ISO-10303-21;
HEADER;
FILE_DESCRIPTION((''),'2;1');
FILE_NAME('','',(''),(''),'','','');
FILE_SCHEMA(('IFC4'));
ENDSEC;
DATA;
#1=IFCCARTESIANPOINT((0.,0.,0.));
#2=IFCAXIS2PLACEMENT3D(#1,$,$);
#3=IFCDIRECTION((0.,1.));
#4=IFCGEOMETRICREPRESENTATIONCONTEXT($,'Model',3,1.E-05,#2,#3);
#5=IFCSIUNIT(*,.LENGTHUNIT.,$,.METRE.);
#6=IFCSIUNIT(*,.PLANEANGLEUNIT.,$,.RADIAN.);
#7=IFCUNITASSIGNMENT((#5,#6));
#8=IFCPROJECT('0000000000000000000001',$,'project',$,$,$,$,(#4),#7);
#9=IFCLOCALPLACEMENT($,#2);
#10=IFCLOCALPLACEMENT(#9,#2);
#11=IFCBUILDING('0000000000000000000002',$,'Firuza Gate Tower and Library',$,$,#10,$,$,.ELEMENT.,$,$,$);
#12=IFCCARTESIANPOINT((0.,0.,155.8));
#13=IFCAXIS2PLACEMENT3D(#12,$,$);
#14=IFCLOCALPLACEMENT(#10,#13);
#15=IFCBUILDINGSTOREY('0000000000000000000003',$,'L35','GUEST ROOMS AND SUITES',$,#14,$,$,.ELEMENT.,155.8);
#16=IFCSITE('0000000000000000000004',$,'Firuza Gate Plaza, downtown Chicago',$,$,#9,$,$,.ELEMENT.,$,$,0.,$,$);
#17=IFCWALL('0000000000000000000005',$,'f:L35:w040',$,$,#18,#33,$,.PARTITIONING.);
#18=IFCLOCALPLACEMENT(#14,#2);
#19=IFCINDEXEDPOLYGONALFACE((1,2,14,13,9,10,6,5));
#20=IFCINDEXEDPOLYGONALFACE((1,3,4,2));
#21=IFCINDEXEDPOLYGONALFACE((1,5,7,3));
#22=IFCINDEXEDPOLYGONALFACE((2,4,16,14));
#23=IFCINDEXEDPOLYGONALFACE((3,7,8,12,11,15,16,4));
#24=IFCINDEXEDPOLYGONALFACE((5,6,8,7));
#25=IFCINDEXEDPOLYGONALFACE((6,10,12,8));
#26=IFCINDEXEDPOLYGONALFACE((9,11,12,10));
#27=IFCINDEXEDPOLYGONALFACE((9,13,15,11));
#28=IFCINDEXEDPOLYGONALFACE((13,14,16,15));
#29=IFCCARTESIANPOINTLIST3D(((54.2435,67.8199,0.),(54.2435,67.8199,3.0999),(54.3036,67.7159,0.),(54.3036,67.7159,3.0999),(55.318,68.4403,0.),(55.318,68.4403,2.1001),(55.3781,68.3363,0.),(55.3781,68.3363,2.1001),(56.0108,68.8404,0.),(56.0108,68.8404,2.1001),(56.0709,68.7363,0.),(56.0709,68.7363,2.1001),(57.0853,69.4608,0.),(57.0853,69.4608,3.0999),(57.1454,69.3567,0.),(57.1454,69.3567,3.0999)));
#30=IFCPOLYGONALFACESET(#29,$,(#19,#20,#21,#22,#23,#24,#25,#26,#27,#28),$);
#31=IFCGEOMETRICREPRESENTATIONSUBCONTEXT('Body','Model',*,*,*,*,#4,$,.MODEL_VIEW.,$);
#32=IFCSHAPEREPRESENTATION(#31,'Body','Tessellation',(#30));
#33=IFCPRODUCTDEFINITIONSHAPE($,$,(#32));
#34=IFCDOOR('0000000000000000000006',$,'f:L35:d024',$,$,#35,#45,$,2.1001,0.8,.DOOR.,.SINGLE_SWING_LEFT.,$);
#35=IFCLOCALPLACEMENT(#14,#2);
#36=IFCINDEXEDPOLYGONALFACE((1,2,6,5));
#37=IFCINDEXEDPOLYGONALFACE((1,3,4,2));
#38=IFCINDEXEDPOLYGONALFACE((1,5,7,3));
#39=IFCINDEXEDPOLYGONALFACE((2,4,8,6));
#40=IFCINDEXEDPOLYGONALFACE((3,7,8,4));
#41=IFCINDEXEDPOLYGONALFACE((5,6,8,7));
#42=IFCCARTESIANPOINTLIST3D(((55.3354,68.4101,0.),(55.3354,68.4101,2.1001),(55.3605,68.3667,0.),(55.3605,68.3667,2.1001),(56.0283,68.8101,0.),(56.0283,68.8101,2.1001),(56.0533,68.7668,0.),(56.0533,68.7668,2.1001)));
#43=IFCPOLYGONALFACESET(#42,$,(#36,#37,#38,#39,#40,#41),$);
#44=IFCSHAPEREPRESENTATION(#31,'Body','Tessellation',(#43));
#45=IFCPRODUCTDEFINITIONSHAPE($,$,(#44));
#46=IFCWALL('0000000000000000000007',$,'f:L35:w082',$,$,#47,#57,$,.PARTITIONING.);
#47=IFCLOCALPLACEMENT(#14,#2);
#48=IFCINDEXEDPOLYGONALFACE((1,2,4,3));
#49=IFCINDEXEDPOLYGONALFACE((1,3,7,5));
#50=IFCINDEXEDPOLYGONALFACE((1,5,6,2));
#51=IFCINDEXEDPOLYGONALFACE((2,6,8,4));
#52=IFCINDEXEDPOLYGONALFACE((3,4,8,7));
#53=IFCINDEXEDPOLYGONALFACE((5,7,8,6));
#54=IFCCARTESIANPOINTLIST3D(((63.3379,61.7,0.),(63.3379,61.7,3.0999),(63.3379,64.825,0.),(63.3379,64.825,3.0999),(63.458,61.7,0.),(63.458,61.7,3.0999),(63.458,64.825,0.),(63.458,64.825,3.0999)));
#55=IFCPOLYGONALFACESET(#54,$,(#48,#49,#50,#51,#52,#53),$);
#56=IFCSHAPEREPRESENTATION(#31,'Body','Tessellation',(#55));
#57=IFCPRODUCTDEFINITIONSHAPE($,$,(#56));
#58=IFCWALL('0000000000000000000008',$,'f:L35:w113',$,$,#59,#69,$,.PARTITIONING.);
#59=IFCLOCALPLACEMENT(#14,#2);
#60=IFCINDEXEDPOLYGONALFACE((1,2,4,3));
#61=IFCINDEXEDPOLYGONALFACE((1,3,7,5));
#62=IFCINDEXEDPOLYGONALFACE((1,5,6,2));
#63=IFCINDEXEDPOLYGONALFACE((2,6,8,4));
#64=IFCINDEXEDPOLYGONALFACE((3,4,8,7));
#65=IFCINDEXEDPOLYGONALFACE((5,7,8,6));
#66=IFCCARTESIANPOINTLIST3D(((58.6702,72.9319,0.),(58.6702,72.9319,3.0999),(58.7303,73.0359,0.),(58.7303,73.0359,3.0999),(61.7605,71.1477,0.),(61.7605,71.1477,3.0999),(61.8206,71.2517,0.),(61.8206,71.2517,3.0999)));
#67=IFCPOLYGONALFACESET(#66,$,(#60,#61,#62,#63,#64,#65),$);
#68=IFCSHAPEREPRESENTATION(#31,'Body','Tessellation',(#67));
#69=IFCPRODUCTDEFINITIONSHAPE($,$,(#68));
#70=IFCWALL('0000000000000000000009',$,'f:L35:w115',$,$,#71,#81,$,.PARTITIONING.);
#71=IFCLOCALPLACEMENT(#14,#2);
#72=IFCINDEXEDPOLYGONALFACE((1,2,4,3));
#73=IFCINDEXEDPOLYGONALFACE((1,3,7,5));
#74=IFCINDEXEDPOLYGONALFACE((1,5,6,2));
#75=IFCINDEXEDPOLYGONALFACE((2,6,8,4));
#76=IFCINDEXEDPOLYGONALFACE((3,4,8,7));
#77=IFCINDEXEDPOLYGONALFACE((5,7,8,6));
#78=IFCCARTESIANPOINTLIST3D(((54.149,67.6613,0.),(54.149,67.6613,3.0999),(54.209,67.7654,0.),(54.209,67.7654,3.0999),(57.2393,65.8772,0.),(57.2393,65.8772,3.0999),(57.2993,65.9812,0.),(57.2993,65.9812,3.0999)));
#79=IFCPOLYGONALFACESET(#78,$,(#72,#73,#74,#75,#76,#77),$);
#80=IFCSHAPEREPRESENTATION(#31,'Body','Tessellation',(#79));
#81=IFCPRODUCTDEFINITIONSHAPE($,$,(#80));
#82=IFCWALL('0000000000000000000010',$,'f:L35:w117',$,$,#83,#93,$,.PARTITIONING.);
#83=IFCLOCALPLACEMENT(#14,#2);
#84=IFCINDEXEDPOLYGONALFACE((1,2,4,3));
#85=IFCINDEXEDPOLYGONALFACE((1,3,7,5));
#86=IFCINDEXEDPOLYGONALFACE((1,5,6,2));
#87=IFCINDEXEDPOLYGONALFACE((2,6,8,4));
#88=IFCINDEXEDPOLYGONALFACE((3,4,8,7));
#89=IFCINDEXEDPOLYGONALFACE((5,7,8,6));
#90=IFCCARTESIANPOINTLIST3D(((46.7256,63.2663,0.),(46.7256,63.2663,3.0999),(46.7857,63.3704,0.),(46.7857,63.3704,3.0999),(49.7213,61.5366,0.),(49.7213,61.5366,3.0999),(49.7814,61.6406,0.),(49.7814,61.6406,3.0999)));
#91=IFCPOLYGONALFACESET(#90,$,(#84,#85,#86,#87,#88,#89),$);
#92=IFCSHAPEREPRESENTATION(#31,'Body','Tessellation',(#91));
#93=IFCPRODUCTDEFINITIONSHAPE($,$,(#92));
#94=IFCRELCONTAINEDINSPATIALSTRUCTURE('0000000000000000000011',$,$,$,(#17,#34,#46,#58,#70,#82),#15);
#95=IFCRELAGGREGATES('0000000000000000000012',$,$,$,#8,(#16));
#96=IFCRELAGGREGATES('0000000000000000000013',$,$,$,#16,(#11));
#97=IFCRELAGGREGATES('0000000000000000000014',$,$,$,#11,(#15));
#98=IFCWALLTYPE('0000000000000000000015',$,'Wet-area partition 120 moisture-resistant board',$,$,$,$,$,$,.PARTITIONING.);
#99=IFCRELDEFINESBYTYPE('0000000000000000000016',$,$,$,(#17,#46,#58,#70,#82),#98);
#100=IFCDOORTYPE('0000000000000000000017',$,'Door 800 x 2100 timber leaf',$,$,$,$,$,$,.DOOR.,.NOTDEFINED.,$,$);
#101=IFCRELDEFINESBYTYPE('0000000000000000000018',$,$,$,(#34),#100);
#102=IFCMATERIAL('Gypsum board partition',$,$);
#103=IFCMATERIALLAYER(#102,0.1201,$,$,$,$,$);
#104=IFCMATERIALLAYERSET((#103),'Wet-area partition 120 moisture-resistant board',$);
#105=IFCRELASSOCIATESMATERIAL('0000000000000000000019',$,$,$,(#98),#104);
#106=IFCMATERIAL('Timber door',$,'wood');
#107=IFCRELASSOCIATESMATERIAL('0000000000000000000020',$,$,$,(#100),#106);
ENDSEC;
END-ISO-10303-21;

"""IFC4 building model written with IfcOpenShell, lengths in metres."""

from ifc_helpers import new_model, si_unit, direction, frame, frame_2d, origin, place, context, subcontext, project, spatial, rectangle, extrude, material, layer, layer_set, type_object, element, fill, save


model = new_model("IFC4")

# Units and contexts
model_context = context("Model", 3, precision=1e-05, world=origin(), true_north=direction((0.0, 1.0)))
body_context = subcontext(model_context, "Body", "Model", "MODEL_VIEW")
ifc_project = project(units=[si_unit("LENGTHUNIT", "METRE"), si_unit("PLANEANGLEUNIT", "RADIAN")], contexts=[model_context])

# Site, building, storey
site_placement = place(None, origin())
site = spatial("IfcSite", under=ifc_project, at=site_placement, Name="Firuza Gate Plaza, downtown Chicago", CompositionType="ELEMENT", RefElevation=0.0)
building_placement = place(site_placement, origin())
building = spatial("IfcBuilding", under=site, at=building_placement, Name="Firuza Gate Tower and Library", CompositionType="ELEMENT")
storey_placement = place(building_placement, frame((0.0, 0.0, 155.8)))
storey = spatial("IfcBuildingStorey", under=building, at=storey_placement, Name="L35", Description="GUEST ROOMS AND SUITES", CompositionType="ELEMENT", Elevation=155.8)

# Wall, opening, door
ifc_material_1 = material(Name="Gypsum board partition")
ifc_layer_1 = layer(ifc_material_1, 0.1201)
ifc_layer_set_1 = layer_set([ifc_layer_1], Name="Wet-area partition 120 moisture-resistant board")
wall_type_1 = type_object("IfcWallType", Name="Wet-area partition 120 moisture-resistant board", PredefinedType="PARTITIONING", material=ifc_layer_set_1)
ifc_material_2 = material(Name="Timber door", Category="wood")
door_type_1 = type_object("IfcDoorType", Name="Door 800 x 2100 timber leaf", OperationType="NOTDEFINED", PredefinedType="DOOR", material=ifc_material_2)
wall_1_placement = place(storey_placement, frame((57.1152, 69.4087, 0.0), z_axis=(0.0, 0.0, 1.0), x_axis=(-0.866005, -0.500036, 0.0)))
wall_1 = element("IfcWall", 1, at=wall_1_placement, inside=storey, type_object=wall_type_1, Name="f:L35:w040", PredefinedType="PARTITIONING", context=body_context, shape_type="SweptSolid", body=[
    extrude(rectangle(XDim=3.2815, YDim=0.1201, at=frame_2d((1.6406, 0.0))), origin(), (0.0, 0.0, 1.0), 3.0999),
])
opening_1_placement = place(wall_1_placement, frame((1.2407, 0.0, 0.0)))
opening_1 = element("IfcOpeningElement", 2, at=opening_1_placement, cuts=wall_1, PredefinedType="OPENING", context=body_context, shape_type="SweptSolid", body=[
    extrude(rectangle(XDim=0.8, YDim=2.1001, at=frame_2d((0.3999, 1.05))), frame((0.0, 0.0701, 0.0), z_axis=(0.0, -1.0, 0.0), x_axis=(1.0, 0.0, 0.0)), (0.0, 0.0, 1.0), 0.1401),
])
door_1_placement = place(opening_1_placement, origin())
door_1 = element("IfcDoor", 3, at=door_1_placement, inside=storey, type_object=door_type_1, Name="f:L35:d024", OperationType="SINGLE_SWING_LEFT", OverallHeight=2.1001, OverallWidth=0.8, PredefinedType="DOOR", context=body_context, shape_type="SweptSolid", body=[
    extrude(rectangle(XDim=0.8, YDim=2.1001, at=frame_2d((0.3999, 1.05))), frame((0.0, 0.0249, 0.0), z_axis=(0.0, -1.0, 0.0), x_axis=(1.0, 0.0, 0.0)), (0.0, 0.0, 1.0), 0.05),
])
fill(opening_1, door_1)

# Walls
wall_2_placement = place(storey_placement, frame((63.3979, 61.7, 0.0), z_axis=(0.0, 0.0, 1.0), x_axis=(0.0, 1.0, 0.0)))
element("IfcWall", 4, at=wall_2_placement, inside=storey, type_object=wall_type_1, Name="f:L35:w082", PredefinedType="PARTITIONING", context=body_context, shape_type="SweptSolid", body=[
    extrude(rectangle(XDim=3.125, YDim=0.1201, at=frame_2d((1.5625, 0.0))), origin(), (0.0, 0.0, 1.0), 3.0999),
])
for number, where, z_axis, x_axis, name in (
    (5, (61.7905, 71.1997, 0.0), (0.0, 0.0, 1.0), (-0.866028, 0.499995, 0.0), "f:L35:w113"),
    (6, (57.2693, 65.9292, 0.0), (0.0, 0.0, 1.0), (-0.866028, 0.499995, 0.0), "f:L35:w115"),
):
    element("IfcWall", number, at=place(storey_placement, frame(where, z_axis=z_axis, x_axis=x_axis)), inside=storey, type_object=wall_type_1, Name=name, PredefinedType="PARTITIONING", context=body_context, shape_type="SweptSolid", body=[
        extrude(rectangle(XDim=3.5684, YDim=0.1201, at=frame_2d((1.7842, 0.0))), origin(), (0.0, 0.0, 1.0), 3.0999),
    ])
wall_3_placement = place(storey_placement, frame((49.7512, 61.5886, 0.0), z_axis=(0.0, 0.0, 1.0), x_axis=(-0.865998, 0.500048, 0.0)))
element("IfcWall", 7, at=wall_3_placement, inside=storey, type_object=wall_type_1, Name="f:L35:w117", PredefinedType="PARTITIONING", context=body_context, shape_type="SweptSolid", body=[
    extrude(rectangle(XDim=3.4592, YDim=0.1201, at=frame_2d((1.7295, 0.0))), origin(), (0.0, 0.0, 1.0), 3.0999),
])

save(model, "model.ifc")
